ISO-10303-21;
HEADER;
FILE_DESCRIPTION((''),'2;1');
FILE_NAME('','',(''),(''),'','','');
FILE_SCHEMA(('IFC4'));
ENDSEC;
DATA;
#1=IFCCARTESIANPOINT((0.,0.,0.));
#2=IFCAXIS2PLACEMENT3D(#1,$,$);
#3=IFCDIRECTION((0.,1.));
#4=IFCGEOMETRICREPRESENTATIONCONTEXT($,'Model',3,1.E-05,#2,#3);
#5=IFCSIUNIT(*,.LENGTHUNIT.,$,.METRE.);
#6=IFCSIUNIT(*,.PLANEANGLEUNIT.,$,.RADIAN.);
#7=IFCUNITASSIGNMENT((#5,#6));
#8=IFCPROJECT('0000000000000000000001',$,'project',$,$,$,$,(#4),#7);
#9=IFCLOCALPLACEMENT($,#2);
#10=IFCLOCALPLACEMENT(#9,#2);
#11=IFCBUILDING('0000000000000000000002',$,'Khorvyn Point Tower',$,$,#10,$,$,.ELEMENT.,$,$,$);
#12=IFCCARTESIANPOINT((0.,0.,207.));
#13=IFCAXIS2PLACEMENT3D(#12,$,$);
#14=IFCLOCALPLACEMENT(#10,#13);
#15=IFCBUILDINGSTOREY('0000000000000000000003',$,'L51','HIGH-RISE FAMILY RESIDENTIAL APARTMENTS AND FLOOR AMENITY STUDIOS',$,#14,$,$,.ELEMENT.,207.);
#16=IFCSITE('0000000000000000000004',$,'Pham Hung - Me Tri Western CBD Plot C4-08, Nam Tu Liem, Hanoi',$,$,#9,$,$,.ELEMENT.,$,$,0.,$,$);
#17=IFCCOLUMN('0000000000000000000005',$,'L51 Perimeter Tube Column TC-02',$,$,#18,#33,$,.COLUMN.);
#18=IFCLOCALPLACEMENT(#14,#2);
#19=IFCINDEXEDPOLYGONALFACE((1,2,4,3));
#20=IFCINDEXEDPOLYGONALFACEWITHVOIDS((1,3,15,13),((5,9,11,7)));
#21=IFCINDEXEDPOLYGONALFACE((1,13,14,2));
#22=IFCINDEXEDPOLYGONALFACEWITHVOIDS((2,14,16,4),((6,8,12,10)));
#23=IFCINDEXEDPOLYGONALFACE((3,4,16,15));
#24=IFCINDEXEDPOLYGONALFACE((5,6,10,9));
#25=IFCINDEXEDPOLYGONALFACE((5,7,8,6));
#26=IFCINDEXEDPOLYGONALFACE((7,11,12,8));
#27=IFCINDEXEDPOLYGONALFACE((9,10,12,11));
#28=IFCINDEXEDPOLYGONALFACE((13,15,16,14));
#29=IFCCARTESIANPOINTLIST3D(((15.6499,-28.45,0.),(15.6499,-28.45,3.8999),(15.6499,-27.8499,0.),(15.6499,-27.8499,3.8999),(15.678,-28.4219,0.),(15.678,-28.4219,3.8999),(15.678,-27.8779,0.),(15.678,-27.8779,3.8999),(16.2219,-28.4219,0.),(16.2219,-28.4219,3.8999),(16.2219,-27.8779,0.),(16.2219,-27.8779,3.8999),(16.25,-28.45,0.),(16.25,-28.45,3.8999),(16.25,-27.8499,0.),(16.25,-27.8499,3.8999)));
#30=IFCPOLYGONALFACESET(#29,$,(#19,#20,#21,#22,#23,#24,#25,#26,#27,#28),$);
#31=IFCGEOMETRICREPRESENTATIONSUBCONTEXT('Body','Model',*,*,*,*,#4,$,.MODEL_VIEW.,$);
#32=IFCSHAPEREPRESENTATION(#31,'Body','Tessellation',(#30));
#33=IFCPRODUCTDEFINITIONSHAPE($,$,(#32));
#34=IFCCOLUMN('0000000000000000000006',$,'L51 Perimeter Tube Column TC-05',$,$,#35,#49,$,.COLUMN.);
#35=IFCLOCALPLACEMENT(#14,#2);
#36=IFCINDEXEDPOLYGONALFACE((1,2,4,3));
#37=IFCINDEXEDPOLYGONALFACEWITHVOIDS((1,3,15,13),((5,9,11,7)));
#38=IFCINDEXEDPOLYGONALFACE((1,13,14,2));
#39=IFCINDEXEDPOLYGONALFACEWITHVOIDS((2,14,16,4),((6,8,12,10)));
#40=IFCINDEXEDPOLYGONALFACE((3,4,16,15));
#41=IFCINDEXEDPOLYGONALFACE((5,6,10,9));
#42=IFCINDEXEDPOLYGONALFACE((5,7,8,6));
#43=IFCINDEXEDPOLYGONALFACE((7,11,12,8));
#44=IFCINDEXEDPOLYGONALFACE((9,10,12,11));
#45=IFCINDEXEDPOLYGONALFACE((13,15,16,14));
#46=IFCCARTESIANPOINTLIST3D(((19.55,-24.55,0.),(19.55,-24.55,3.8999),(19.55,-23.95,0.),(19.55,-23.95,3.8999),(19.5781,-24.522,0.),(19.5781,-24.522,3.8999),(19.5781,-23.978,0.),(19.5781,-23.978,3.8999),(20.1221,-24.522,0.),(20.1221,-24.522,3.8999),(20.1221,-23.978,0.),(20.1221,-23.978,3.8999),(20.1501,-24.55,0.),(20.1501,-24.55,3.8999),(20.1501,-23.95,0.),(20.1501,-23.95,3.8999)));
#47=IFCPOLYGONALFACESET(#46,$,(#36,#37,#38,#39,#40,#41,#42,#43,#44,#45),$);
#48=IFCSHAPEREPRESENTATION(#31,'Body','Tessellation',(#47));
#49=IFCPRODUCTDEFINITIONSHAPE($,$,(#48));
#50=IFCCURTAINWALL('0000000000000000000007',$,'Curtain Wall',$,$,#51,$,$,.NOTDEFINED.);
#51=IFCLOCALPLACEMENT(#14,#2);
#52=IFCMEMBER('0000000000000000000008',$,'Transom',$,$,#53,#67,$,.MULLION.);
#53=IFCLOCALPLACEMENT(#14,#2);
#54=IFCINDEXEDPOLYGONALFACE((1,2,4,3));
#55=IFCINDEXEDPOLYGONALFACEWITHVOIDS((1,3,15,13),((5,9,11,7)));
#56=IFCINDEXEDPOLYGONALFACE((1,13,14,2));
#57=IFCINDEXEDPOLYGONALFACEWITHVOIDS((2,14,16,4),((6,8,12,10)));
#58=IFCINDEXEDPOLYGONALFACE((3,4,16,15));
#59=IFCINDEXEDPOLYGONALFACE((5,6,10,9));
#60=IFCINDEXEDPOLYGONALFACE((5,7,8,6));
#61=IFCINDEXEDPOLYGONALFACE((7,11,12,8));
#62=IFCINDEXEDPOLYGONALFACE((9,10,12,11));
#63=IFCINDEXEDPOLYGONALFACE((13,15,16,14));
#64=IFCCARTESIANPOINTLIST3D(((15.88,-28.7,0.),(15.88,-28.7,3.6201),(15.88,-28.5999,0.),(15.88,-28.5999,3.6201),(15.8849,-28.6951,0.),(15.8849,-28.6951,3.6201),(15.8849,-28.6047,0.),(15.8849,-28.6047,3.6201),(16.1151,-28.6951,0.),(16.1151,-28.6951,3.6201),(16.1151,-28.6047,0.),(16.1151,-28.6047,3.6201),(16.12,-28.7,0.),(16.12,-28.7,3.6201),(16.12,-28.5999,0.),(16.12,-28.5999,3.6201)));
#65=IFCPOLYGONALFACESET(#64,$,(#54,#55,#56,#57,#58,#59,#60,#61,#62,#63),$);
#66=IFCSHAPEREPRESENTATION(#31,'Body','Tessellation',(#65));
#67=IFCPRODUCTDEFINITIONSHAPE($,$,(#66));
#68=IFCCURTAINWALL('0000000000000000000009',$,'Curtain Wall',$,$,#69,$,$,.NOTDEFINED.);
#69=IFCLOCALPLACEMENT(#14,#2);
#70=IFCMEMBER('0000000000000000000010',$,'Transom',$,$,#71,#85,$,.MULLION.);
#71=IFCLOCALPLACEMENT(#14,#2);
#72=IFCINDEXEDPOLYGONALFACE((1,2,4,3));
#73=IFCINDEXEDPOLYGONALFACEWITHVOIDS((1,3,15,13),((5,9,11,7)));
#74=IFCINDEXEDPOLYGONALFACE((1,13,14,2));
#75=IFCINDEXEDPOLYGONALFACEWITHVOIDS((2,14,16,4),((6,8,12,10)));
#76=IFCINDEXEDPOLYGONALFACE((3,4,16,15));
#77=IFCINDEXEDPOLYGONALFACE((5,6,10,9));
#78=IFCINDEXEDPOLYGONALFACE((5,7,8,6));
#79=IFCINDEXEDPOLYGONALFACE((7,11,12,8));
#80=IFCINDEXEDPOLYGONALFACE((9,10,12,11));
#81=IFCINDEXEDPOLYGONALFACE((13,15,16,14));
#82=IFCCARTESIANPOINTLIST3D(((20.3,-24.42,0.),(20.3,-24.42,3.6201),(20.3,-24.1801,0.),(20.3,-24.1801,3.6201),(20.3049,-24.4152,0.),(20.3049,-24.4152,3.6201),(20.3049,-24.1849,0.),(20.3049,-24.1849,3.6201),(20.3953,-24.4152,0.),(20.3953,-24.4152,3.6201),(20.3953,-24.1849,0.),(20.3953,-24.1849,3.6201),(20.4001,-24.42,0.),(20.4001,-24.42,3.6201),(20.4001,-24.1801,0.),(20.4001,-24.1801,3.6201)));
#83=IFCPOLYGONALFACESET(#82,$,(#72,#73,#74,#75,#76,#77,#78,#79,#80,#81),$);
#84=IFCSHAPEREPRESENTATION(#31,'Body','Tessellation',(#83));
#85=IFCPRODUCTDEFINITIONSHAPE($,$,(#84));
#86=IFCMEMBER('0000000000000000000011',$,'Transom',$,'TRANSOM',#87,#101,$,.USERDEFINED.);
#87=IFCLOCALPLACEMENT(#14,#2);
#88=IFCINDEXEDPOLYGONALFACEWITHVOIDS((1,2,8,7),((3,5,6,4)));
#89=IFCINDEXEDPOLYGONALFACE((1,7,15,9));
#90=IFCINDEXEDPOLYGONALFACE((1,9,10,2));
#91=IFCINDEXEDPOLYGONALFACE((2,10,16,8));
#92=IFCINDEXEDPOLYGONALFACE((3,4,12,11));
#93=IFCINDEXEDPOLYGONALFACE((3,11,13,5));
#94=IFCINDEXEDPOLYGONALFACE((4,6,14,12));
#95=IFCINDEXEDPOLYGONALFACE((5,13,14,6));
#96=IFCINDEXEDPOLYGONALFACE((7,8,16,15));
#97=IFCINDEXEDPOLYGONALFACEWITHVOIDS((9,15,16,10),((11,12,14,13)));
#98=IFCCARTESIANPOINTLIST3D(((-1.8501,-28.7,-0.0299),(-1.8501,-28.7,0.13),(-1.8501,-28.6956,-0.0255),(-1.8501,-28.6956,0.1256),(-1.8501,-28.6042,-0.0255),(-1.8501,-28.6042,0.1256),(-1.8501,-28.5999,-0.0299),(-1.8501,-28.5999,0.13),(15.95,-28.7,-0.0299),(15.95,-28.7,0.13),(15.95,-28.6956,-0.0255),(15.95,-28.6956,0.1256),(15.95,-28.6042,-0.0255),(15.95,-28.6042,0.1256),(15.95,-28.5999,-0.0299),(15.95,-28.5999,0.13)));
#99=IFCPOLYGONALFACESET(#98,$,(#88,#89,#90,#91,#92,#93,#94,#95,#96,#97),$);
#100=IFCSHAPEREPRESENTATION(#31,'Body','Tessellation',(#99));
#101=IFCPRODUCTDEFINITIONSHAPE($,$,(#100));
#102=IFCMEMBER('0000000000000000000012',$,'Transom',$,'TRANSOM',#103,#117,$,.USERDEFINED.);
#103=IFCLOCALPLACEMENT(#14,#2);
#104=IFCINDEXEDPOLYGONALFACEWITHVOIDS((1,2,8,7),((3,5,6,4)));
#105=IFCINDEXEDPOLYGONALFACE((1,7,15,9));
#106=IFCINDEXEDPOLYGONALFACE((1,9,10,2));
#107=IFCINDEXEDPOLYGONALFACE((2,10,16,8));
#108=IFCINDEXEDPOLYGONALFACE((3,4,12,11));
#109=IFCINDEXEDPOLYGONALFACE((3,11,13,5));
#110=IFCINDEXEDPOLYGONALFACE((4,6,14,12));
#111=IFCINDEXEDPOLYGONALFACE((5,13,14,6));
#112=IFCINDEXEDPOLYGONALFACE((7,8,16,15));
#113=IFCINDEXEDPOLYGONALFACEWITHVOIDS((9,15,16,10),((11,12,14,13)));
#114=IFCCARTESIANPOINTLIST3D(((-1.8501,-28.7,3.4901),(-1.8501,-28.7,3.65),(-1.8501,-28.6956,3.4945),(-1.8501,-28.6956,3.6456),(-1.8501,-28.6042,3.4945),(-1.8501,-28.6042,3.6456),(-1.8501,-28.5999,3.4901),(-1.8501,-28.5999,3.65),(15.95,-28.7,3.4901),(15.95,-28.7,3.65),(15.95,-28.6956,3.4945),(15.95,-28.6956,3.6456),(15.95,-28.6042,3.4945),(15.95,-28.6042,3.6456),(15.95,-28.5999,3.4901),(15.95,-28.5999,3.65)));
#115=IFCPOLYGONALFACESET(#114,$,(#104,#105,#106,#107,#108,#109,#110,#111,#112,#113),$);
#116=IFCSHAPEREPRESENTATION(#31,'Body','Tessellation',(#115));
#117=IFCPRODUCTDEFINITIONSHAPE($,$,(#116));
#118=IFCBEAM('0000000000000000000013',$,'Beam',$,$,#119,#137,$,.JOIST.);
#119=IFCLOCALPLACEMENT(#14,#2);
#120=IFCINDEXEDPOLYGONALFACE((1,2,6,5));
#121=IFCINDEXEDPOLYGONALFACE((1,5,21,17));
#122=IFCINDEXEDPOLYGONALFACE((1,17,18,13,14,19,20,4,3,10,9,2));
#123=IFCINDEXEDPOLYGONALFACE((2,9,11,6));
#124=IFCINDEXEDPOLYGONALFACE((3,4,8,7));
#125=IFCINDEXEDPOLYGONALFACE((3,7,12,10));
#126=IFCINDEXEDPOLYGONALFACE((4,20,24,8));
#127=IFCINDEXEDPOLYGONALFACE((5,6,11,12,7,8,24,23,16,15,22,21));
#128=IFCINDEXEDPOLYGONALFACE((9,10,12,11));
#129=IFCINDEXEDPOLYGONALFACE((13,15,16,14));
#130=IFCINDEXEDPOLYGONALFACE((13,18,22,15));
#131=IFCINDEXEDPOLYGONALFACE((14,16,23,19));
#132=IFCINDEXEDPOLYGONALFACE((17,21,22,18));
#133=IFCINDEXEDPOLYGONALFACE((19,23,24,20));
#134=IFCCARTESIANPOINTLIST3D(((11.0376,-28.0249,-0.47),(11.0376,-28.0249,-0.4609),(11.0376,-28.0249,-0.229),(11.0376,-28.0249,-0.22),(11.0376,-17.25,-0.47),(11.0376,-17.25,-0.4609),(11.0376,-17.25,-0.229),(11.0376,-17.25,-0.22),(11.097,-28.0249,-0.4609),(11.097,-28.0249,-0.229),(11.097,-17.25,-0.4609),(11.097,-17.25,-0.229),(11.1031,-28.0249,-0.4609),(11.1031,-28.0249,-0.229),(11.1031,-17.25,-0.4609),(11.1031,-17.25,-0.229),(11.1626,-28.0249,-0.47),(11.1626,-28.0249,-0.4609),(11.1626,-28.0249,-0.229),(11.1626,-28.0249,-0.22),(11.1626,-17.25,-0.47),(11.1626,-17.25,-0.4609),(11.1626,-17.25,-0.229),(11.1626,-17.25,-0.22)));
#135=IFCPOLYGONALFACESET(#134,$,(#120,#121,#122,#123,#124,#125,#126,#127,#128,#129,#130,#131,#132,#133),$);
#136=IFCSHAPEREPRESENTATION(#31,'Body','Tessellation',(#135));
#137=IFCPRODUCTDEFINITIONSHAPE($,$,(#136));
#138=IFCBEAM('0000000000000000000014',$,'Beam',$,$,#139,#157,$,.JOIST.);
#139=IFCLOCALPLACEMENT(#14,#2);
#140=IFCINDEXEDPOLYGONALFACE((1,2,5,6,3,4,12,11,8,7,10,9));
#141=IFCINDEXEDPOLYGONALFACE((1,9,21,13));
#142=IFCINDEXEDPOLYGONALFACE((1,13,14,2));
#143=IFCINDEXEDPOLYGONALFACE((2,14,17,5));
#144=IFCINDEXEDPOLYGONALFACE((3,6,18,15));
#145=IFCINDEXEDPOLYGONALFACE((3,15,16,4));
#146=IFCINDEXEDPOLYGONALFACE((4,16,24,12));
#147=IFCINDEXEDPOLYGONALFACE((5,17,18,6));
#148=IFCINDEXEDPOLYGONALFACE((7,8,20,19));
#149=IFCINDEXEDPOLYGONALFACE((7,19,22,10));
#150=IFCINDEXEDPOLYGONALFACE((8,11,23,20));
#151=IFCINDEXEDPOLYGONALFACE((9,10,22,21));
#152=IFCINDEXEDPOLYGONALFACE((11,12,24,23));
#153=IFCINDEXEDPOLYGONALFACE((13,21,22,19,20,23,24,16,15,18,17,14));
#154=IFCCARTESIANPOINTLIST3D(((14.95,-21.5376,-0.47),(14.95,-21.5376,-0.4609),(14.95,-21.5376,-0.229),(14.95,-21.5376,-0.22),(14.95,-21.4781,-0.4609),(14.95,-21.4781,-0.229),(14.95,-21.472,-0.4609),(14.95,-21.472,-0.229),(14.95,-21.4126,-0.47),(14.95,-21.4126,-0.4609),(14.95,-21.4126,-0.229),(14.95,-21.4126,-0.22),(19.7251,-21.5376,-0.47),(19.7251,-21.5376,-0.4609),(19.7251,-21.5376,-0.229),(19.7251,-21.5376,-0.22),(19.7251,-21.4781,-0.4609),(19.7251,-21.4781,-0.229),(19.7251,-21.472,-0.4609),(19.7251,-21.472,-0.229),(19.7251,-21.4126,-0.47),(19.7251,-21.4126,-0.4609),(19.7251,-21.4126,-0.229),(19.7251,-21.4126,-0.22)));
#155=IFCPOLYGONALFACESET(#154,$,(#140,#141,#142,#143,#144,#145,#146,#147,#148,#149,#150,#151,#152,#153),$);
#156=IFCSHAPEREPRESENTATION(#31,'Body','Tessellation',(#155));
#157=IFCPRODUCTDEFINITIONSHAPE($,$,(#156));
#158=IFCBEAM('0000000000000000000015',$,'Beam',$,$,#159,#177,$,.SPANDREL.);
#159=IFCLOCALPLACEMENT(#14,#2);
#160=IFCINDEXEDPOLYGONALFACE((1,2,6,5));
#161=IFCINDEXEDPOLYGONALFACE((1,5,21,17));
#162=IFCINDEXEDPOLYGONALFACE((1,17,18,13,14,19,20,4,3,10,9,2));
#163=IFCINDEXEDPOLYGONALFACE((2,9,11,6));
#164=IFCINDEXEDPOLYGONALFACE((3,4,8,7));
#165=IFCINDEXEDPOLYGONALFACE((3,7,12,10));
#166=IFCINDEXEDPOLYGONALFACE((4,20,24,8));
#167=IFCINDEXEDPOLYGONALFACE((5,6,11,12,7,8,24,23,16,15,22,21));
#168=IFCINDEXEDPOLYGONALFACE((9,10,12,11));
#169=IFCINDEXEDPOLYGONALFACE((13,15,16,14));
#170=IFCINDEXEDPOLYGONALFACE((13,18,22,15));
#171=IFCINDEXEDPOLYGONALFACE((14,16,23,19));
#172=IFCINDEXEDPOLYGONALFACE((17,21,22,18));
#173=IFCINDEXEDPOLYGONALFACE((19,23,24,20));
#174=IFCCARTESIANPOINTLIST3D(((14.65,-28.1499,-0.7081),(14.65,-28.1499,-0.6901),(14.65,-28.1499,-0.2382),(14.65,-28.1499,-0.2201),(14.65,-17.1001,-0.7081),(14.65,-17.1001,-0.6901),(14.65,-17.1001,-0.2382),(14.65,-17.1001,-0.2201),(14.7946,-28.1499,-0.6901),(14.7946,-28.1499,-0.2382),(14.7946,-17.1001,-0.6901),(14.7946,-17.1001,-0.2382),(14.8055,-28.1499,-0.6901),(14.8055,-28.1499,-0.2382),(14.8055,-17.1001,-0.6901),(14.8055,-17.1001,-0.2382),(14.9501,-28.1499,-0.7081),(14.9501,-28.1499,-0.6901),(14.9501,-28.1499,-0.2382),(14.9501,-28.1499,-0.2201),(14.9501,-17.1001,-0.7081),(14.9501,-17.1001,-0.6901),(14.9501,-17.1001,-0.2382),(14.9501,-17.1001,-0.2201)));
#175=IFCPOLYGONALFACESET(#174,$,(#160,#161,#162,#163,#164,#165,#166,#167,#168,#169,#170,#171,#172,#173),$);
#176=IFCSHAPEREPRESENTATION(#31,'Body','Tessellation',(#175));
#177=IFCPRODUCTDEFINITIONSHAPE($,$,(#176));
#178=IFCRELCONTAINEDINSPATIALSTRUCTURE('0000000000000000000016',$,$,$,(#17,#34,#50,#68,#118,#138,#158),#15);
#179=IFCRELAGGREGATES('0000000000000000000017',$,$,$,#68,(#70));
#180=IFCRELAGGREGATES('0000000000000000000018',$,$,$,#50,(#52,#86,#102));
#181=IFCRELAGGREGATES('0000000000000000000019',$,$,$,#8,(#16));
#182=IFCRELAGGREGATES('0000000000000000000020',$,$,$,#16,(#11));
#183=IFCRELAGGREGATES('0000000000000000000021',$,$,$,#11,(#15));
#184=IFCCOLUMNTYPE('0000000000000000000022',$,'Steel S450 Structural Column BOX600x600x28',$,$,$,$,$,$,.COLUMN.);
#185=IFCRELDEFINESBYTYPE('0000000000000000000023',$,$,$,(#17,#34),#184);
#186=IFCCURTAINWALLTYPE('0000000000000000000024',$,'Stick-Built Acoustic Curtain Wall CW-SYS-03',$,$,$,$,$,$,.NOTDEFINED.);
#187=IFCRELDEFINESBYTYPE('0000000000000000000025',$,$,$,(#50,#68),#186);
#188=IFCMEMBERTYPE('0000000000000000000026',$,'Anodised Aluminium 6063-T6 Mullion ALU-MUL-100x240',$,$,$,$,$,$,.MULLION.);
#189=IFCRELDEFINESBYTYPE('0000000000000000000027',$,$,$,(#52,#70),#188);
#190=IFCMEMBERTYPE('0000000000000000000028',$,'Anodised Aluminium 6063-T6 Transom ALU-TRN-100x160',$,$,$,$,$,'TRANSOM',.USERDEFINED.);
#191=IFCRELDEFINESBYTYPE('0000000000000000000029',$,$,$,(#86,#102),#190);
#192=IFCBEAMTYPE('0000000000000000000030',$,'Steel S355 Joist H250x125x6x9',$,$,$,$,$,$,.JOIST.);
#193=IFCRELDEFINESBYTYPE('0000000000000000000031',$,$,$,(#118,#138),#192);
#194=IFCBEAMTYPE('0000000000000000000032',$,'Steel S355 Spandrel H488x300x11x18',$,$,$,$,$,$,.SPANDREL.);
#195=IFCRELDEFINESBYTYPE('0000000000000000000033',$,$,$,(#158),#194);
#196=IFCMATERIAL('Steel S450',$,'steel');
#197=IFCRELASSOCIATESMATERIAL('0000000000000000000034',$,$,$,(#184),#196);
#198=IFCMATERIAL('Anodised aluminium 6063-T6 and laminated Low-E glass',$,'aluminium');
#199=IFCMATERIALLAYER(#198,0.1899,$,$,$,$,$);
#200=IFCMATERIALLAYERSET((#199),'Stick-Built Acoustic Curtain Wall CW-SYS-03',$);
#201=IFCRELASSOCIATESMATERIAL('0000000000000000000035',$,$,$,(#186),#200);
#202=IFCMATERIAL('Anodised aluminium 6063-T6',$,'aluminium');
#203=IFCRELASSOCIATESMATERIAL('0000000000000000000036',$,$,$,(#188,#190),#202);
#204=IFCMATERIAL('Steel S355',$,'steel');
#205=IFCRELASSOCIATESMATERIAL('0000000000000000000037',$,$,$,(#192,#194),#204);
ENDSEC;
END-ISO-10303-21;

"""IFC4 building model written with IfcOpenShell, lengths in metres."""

from ifc_helpers import new_model, si_unit, direction, frame, origin, origin_2d, place, context, subcontext, project, spatial, hollow_rectangle, i_section, extrude, material, layer, layer_set, material_profile, profile_set, type_object, element, aggregate, save


model = new_model("IFC4")

# Units and contexts
model_context = context("Model", 3, precision=1e-05, world=origin(), true_north=direction((0.0, 1.0)))
body_context = subcontext(model_context, "Body", "Model", "MODEL_VIEW")
ifc_project = project(units=[si_unit("LENGTHUNIT", "METRE"), si_unit("PLANEANGLEUNIT", "RADIAN")], contexts=[model_context])

# Site, building, storey
site_placement = place(None, origin())
site = spatial("IfcSite", under=ifc_project, at=site_placement, Name="Pham Hung - Me Tri Western CBD Plot C4-08, Nam Tu Liem, Hanoi", CompositionType="ELEMENT", RefElevation=0.0)
building_placement = place(site_placement, origin())
building = spatial("IfcBuilding", under=site, at=building_placement, Name="Khorvyn Point Tower", CompositionType="ELEMENT")
storey_placement = place(building_placement, frame((0.0, 0.0, 207.0)))
storey = spatial("IfcBuildingStorey", under=building, at=storey_placement, Name="L51", Description="HIGH-RISE FAMILY RESIDENTIAL APARTMENTS AND FLOOR AMENITY STUDIOS", CompositionType="ELEMENT", Elevation=207.0)

# Columns
ifc_material_1 = material(Name="Steel S450", Category="steel")
ifc_material_profile_1 = material_profile(ifc_material_1, hollow_rectangle(XDim=0.6001, YDim=0.6001, WallThickness=0.0281, at=origin_2d()))
ifc_profile_set_1 = profile_set([ifc_material_profile_1], Name="Steel S450 BOX600x600x28")
column_type = type_object("IfcColumnType", Name="Steel S450 Structural Column BOX600x600x28", PredefinedType="COLUMN", material=ifc_profile_set_1)
for number, where, z_axis, x_axis, name in (
    (1, (15.95, -28.1499, 0.0), (0.0, 0.0, 1.0), (1.0, 0.0, 0.0), "L51 Perimeter Tube Column TC-02"),
    (2, (19.8501, -24.25, 0.0), (0.0, 0.0, 1.0), (1.0, 0.0, 0.0), "L51 Perimeter Tube Column TC-05"),
):
    element("IfcColumn", number, at=place(storey_placement, frame(where, z_axis=z_axis, x_axis=x_axis)), inside=storey, type_object=column_type, Name=name, PredefinedType="COLUMN", context=body_context, shape_type="SweptSolid", body=[
        extrude(hollow_rectangle(XDim=0.6001, YDim=0.6001, WallThickness=0.0281, at=origin_2d()), origin(), (0.0, 0.0, 1.0), 3.8999),
    ])

# Curtain walls, members
ifc_material_2 = material(Name="Anodised aluminium 6063-T6 and laminated Low-E glass", Category="aluminium")
ifc_layer_1 = layer(ifc_material_2, 0.1899)
ifc_layer_set_1 = layer_set([ifc_layer_1], Name="Stick-Built Acoustic Curtain Wall CW-SYS-03")
curtain_wall_type = type_object("IfcCurtainWallType", Name="Stick-Built Acoustic Curtain Wall CW-SYS-03", PredefinedType="NOTDEFINED", material=ifc_layer_set_1)
curtain_wall_1_placement = place(storey_placement, origin())
curtain_wall_1 = element("IfcCurtainWall", 3, at=curtain_wall_1_placement, inside=storey, type_object=curtain_wall_type, Name="Curtain Wall", PredefinedType="NOTDEFINED")
ifc_material_3 = material(Name="Anodised aluminium 6063-T6", Category="aluminium")
ifc_material_profile_2 = material_profile(ifc_material_3, hollow_rectangle(XDim=0.1001, YDim=0.24, WallThickness=0.0049, at=origin_2d()))
ifc_profile_set_2 = profile_set([ifc_material_profile_2], Name="Anodised aluminium 6063-T6 ALU-MUL-100x240")
member_type_1 = type_object("IfcMemberType", Name="Anodised Aluminium 6063-T6 Mullion ALU-MUL-100x240", PredefinedType="MULLION", material=ifc_profile_set_2)
member_1_placement = place(storey_placement, frame((16.0, -28.6499, 0.0), z_axis=(0.0, 0.0, 1.0), x_axis=(0.0, -1.0, 0.0)))
member_1 = element("IfcMember", 4, at=member_1_placement, type_object=member_type_1, Name="Transom", PredefinedType="MULLION", context=body_context, shape_type="SweptSolid", body=[
    extrude(hollow_rectangle(XDim=0.1001, YDim=0.24, WallThickness=0.0049, at=origin_2d()), origin(), (0.0, 0.0, 1.0), 3.6201),
])
curtain_wall_2_placement = place(storey_placement, origin())
curtain_wall_2 = element("IfcCurtainWall", 5, at=curtain_wall_2_placement, inside=storey, type_object=curtain_wall_type, Name="Curtain Wall", PredefinedType="NOTDEFINED")
member_2_placement = place(storey_placement, frame((20.3501, -24.3, 0.0), z_axis=(0.0, 0.0, 1.0), x_axis=(1.0, 0.0, 0.0)))
member_2 = element("IfcMember", 6, at=member_2_placement, type_object=member_type_1, Name="Transom", PredefinedType="MULLION", context=body_context, shape_type="SweptSolid", body=[
    extrude(hollow_rectangle(XDim=0.1001, YDim=0.24, WallThickness=0.0049, at=origin_2d()), origin(), (0.0, 0.0, 1.0), 3.6201),
])
aggregate(curtain_wall_2, [member_2])

# Members
ifc_material_profile_3 = material_profile(ifc_material_3, hollow_rectangle(XDim=0.1001, YDim=0.1599, WallThickness=0.0044, at=origin_2d()))
ifc_profile_set_3 = profile_set([ifc_material_profile_3], Name="Anodised aluminium 6063-T6 ALU-TRN-100x160")
member_type_2 = type_object("IfcMemberType", Name="Anodised Aluminium 6063-T6 Transom ALU-TRN-100x160", ElementType="TRANSOM", PredefinedType="USERDEFINED", material=ifc_profile_set_3)
member_3_placement = place(storey_placement, frame((15.95, -28.6499, 0.05), z_axis=(-1.0, 0.0, 0.0), x_axis=(0.0, -1.0, 0.0)))
member_3 = element("IfcMember", 7, at=member_3_placement, type_object=member_type_2, Name="Transom", ObjectType="TRANSOM", PredefinedType="USERDEFINED", context=body_context, shape_type="SweptSolid", body=[
    extrude(hollow_rectangle(XDim=0.1001, YDim=0.1599, WallThickness=0.0044, at=origin_2d()), origin(), (0.0, 0.0, 1.0), 17.8),
])
member_4_placement = place(storey_placement, frame((15.95, -28.6499, 3.5701), z_axis=(-1.0, 0.0, 0.0), x_axis=(0.0, -1.0, 0.0)))
member_4 = element("IfcMember", 8, at=member_4_placement, type_object=member_type_2, Name="Transom", ObjectType="TRANSOM", PredefinedType="USERDEFINED", context=body_context, shape_type="SweptSolid", body=[
    extrude(hollow_rectangle(XDim=0.1001, YDim=0.1599, WallThickness=0.0044, at=origin_2d()), origin(), (0.0, 0.0, 1.0), 17.8),
])

# Beams
ifc_material_4 = material(Name="Steel S355", Category="steel")
ifc_material_profile_4 = material_profile(ifc_material_4, i_section(OverallWidth=0.125, OverallDepth=0.25, WebThickness=0.0061, FlangeThickness=0.009, at=origin_2d()))
ifc_profile_set_4 = profile_set([ifc_material_profile_4], Name="Steel S355 H250x125x6x9")
beam_type_1 = type_object("IfcBeamType", Name="Steel S355 Joist H250x125x6x9", PredefinedType="JOIST", material=ifc_profile_set_4)
beam_1_placement = place(storey_placement, frame((11.1001, -28.0249, -0.345), z_axis=(0.0, 1.0, 0.0), x_axis=(-1.0, 0.0, 0.0)))
element("IfcBeam", 9, at=beam_1_placement, inside=storey, type_object=beam_type_1, Name="Beam", PredefinedType="JOIST", context=body_context, shape_type="SweptSolid", body=[
    extrude(i_section(OverallWidth=0.125, OverallDepth=0.25, WebThickness=0.0061, FlangeThickness=0.009, at=origin_2d()), origin(), (0.0, 0.0, 1.0), 10.7749),
])
beam_2_placement = place(storey_placement, frame((14.95, -21.4751, -0.345), z_axis=(1.0, 0.0, 0.0), x_axis=(0.0, 1.0, 0.0)))
element("IfcBeam", 10, at=beam_2_placement, inside=storey, type_object=beam_type_1, Name="Beam", PredefinedType="JOIST", context=body_context, shape_type="SweptSolid", body=[
    extrude(i_section(OverallWidth=0.125, OverallDepth=0.25, WebThickness=0.0061, FlangeThickness=0.009, at=origin_2d()), origin(), (0.0, 0.0, 1.0), 4.7751),
])
ifc_material_profile_5 = material_profile(ifc_material_4, i_section(OverallWidth=0.3, OverallDepth=0.488, WebThickness=0.011, FlangeThickness=0.0181, at=origin_2d()))
ifc_profile_set_5 = profile_set([ifc_material_profile_5], Name="Steel S355 H488x300x11x18")
beam_type_2 = type_object("IfcBeamType", Name="Steel S355 Spandrel H488x300x11x18", PredefinedType="SPANDREL", material=ifc_profile_set_5)
beam_3_placement = place(storey_placement, frame((14.8, -28.1499, -0.4641), z_axis=(0.0, 1.0, 0.0), x_axis=(-1.0, 0.0, 0.0)))
element("IfcBeam", 11, at=beam_3_placement, inside=storey, type_object=beam_type_2, Name="Beam", PredefinedType="SPANDREL", context=body_context, shape_type="SweptSolid", body=[
    extrude(i_section(OverallWidth=0.3, OverallDepth=0.488, WebThickness=0.011, FlangeThickness=0.0181, at=origin_2d()), origin(), (0.0, 0.0, 1.0), 11.0498),
])

aggregate(curtain_wall_1, [member_1, member_3, member_4])

save(model, "model.ifc")
